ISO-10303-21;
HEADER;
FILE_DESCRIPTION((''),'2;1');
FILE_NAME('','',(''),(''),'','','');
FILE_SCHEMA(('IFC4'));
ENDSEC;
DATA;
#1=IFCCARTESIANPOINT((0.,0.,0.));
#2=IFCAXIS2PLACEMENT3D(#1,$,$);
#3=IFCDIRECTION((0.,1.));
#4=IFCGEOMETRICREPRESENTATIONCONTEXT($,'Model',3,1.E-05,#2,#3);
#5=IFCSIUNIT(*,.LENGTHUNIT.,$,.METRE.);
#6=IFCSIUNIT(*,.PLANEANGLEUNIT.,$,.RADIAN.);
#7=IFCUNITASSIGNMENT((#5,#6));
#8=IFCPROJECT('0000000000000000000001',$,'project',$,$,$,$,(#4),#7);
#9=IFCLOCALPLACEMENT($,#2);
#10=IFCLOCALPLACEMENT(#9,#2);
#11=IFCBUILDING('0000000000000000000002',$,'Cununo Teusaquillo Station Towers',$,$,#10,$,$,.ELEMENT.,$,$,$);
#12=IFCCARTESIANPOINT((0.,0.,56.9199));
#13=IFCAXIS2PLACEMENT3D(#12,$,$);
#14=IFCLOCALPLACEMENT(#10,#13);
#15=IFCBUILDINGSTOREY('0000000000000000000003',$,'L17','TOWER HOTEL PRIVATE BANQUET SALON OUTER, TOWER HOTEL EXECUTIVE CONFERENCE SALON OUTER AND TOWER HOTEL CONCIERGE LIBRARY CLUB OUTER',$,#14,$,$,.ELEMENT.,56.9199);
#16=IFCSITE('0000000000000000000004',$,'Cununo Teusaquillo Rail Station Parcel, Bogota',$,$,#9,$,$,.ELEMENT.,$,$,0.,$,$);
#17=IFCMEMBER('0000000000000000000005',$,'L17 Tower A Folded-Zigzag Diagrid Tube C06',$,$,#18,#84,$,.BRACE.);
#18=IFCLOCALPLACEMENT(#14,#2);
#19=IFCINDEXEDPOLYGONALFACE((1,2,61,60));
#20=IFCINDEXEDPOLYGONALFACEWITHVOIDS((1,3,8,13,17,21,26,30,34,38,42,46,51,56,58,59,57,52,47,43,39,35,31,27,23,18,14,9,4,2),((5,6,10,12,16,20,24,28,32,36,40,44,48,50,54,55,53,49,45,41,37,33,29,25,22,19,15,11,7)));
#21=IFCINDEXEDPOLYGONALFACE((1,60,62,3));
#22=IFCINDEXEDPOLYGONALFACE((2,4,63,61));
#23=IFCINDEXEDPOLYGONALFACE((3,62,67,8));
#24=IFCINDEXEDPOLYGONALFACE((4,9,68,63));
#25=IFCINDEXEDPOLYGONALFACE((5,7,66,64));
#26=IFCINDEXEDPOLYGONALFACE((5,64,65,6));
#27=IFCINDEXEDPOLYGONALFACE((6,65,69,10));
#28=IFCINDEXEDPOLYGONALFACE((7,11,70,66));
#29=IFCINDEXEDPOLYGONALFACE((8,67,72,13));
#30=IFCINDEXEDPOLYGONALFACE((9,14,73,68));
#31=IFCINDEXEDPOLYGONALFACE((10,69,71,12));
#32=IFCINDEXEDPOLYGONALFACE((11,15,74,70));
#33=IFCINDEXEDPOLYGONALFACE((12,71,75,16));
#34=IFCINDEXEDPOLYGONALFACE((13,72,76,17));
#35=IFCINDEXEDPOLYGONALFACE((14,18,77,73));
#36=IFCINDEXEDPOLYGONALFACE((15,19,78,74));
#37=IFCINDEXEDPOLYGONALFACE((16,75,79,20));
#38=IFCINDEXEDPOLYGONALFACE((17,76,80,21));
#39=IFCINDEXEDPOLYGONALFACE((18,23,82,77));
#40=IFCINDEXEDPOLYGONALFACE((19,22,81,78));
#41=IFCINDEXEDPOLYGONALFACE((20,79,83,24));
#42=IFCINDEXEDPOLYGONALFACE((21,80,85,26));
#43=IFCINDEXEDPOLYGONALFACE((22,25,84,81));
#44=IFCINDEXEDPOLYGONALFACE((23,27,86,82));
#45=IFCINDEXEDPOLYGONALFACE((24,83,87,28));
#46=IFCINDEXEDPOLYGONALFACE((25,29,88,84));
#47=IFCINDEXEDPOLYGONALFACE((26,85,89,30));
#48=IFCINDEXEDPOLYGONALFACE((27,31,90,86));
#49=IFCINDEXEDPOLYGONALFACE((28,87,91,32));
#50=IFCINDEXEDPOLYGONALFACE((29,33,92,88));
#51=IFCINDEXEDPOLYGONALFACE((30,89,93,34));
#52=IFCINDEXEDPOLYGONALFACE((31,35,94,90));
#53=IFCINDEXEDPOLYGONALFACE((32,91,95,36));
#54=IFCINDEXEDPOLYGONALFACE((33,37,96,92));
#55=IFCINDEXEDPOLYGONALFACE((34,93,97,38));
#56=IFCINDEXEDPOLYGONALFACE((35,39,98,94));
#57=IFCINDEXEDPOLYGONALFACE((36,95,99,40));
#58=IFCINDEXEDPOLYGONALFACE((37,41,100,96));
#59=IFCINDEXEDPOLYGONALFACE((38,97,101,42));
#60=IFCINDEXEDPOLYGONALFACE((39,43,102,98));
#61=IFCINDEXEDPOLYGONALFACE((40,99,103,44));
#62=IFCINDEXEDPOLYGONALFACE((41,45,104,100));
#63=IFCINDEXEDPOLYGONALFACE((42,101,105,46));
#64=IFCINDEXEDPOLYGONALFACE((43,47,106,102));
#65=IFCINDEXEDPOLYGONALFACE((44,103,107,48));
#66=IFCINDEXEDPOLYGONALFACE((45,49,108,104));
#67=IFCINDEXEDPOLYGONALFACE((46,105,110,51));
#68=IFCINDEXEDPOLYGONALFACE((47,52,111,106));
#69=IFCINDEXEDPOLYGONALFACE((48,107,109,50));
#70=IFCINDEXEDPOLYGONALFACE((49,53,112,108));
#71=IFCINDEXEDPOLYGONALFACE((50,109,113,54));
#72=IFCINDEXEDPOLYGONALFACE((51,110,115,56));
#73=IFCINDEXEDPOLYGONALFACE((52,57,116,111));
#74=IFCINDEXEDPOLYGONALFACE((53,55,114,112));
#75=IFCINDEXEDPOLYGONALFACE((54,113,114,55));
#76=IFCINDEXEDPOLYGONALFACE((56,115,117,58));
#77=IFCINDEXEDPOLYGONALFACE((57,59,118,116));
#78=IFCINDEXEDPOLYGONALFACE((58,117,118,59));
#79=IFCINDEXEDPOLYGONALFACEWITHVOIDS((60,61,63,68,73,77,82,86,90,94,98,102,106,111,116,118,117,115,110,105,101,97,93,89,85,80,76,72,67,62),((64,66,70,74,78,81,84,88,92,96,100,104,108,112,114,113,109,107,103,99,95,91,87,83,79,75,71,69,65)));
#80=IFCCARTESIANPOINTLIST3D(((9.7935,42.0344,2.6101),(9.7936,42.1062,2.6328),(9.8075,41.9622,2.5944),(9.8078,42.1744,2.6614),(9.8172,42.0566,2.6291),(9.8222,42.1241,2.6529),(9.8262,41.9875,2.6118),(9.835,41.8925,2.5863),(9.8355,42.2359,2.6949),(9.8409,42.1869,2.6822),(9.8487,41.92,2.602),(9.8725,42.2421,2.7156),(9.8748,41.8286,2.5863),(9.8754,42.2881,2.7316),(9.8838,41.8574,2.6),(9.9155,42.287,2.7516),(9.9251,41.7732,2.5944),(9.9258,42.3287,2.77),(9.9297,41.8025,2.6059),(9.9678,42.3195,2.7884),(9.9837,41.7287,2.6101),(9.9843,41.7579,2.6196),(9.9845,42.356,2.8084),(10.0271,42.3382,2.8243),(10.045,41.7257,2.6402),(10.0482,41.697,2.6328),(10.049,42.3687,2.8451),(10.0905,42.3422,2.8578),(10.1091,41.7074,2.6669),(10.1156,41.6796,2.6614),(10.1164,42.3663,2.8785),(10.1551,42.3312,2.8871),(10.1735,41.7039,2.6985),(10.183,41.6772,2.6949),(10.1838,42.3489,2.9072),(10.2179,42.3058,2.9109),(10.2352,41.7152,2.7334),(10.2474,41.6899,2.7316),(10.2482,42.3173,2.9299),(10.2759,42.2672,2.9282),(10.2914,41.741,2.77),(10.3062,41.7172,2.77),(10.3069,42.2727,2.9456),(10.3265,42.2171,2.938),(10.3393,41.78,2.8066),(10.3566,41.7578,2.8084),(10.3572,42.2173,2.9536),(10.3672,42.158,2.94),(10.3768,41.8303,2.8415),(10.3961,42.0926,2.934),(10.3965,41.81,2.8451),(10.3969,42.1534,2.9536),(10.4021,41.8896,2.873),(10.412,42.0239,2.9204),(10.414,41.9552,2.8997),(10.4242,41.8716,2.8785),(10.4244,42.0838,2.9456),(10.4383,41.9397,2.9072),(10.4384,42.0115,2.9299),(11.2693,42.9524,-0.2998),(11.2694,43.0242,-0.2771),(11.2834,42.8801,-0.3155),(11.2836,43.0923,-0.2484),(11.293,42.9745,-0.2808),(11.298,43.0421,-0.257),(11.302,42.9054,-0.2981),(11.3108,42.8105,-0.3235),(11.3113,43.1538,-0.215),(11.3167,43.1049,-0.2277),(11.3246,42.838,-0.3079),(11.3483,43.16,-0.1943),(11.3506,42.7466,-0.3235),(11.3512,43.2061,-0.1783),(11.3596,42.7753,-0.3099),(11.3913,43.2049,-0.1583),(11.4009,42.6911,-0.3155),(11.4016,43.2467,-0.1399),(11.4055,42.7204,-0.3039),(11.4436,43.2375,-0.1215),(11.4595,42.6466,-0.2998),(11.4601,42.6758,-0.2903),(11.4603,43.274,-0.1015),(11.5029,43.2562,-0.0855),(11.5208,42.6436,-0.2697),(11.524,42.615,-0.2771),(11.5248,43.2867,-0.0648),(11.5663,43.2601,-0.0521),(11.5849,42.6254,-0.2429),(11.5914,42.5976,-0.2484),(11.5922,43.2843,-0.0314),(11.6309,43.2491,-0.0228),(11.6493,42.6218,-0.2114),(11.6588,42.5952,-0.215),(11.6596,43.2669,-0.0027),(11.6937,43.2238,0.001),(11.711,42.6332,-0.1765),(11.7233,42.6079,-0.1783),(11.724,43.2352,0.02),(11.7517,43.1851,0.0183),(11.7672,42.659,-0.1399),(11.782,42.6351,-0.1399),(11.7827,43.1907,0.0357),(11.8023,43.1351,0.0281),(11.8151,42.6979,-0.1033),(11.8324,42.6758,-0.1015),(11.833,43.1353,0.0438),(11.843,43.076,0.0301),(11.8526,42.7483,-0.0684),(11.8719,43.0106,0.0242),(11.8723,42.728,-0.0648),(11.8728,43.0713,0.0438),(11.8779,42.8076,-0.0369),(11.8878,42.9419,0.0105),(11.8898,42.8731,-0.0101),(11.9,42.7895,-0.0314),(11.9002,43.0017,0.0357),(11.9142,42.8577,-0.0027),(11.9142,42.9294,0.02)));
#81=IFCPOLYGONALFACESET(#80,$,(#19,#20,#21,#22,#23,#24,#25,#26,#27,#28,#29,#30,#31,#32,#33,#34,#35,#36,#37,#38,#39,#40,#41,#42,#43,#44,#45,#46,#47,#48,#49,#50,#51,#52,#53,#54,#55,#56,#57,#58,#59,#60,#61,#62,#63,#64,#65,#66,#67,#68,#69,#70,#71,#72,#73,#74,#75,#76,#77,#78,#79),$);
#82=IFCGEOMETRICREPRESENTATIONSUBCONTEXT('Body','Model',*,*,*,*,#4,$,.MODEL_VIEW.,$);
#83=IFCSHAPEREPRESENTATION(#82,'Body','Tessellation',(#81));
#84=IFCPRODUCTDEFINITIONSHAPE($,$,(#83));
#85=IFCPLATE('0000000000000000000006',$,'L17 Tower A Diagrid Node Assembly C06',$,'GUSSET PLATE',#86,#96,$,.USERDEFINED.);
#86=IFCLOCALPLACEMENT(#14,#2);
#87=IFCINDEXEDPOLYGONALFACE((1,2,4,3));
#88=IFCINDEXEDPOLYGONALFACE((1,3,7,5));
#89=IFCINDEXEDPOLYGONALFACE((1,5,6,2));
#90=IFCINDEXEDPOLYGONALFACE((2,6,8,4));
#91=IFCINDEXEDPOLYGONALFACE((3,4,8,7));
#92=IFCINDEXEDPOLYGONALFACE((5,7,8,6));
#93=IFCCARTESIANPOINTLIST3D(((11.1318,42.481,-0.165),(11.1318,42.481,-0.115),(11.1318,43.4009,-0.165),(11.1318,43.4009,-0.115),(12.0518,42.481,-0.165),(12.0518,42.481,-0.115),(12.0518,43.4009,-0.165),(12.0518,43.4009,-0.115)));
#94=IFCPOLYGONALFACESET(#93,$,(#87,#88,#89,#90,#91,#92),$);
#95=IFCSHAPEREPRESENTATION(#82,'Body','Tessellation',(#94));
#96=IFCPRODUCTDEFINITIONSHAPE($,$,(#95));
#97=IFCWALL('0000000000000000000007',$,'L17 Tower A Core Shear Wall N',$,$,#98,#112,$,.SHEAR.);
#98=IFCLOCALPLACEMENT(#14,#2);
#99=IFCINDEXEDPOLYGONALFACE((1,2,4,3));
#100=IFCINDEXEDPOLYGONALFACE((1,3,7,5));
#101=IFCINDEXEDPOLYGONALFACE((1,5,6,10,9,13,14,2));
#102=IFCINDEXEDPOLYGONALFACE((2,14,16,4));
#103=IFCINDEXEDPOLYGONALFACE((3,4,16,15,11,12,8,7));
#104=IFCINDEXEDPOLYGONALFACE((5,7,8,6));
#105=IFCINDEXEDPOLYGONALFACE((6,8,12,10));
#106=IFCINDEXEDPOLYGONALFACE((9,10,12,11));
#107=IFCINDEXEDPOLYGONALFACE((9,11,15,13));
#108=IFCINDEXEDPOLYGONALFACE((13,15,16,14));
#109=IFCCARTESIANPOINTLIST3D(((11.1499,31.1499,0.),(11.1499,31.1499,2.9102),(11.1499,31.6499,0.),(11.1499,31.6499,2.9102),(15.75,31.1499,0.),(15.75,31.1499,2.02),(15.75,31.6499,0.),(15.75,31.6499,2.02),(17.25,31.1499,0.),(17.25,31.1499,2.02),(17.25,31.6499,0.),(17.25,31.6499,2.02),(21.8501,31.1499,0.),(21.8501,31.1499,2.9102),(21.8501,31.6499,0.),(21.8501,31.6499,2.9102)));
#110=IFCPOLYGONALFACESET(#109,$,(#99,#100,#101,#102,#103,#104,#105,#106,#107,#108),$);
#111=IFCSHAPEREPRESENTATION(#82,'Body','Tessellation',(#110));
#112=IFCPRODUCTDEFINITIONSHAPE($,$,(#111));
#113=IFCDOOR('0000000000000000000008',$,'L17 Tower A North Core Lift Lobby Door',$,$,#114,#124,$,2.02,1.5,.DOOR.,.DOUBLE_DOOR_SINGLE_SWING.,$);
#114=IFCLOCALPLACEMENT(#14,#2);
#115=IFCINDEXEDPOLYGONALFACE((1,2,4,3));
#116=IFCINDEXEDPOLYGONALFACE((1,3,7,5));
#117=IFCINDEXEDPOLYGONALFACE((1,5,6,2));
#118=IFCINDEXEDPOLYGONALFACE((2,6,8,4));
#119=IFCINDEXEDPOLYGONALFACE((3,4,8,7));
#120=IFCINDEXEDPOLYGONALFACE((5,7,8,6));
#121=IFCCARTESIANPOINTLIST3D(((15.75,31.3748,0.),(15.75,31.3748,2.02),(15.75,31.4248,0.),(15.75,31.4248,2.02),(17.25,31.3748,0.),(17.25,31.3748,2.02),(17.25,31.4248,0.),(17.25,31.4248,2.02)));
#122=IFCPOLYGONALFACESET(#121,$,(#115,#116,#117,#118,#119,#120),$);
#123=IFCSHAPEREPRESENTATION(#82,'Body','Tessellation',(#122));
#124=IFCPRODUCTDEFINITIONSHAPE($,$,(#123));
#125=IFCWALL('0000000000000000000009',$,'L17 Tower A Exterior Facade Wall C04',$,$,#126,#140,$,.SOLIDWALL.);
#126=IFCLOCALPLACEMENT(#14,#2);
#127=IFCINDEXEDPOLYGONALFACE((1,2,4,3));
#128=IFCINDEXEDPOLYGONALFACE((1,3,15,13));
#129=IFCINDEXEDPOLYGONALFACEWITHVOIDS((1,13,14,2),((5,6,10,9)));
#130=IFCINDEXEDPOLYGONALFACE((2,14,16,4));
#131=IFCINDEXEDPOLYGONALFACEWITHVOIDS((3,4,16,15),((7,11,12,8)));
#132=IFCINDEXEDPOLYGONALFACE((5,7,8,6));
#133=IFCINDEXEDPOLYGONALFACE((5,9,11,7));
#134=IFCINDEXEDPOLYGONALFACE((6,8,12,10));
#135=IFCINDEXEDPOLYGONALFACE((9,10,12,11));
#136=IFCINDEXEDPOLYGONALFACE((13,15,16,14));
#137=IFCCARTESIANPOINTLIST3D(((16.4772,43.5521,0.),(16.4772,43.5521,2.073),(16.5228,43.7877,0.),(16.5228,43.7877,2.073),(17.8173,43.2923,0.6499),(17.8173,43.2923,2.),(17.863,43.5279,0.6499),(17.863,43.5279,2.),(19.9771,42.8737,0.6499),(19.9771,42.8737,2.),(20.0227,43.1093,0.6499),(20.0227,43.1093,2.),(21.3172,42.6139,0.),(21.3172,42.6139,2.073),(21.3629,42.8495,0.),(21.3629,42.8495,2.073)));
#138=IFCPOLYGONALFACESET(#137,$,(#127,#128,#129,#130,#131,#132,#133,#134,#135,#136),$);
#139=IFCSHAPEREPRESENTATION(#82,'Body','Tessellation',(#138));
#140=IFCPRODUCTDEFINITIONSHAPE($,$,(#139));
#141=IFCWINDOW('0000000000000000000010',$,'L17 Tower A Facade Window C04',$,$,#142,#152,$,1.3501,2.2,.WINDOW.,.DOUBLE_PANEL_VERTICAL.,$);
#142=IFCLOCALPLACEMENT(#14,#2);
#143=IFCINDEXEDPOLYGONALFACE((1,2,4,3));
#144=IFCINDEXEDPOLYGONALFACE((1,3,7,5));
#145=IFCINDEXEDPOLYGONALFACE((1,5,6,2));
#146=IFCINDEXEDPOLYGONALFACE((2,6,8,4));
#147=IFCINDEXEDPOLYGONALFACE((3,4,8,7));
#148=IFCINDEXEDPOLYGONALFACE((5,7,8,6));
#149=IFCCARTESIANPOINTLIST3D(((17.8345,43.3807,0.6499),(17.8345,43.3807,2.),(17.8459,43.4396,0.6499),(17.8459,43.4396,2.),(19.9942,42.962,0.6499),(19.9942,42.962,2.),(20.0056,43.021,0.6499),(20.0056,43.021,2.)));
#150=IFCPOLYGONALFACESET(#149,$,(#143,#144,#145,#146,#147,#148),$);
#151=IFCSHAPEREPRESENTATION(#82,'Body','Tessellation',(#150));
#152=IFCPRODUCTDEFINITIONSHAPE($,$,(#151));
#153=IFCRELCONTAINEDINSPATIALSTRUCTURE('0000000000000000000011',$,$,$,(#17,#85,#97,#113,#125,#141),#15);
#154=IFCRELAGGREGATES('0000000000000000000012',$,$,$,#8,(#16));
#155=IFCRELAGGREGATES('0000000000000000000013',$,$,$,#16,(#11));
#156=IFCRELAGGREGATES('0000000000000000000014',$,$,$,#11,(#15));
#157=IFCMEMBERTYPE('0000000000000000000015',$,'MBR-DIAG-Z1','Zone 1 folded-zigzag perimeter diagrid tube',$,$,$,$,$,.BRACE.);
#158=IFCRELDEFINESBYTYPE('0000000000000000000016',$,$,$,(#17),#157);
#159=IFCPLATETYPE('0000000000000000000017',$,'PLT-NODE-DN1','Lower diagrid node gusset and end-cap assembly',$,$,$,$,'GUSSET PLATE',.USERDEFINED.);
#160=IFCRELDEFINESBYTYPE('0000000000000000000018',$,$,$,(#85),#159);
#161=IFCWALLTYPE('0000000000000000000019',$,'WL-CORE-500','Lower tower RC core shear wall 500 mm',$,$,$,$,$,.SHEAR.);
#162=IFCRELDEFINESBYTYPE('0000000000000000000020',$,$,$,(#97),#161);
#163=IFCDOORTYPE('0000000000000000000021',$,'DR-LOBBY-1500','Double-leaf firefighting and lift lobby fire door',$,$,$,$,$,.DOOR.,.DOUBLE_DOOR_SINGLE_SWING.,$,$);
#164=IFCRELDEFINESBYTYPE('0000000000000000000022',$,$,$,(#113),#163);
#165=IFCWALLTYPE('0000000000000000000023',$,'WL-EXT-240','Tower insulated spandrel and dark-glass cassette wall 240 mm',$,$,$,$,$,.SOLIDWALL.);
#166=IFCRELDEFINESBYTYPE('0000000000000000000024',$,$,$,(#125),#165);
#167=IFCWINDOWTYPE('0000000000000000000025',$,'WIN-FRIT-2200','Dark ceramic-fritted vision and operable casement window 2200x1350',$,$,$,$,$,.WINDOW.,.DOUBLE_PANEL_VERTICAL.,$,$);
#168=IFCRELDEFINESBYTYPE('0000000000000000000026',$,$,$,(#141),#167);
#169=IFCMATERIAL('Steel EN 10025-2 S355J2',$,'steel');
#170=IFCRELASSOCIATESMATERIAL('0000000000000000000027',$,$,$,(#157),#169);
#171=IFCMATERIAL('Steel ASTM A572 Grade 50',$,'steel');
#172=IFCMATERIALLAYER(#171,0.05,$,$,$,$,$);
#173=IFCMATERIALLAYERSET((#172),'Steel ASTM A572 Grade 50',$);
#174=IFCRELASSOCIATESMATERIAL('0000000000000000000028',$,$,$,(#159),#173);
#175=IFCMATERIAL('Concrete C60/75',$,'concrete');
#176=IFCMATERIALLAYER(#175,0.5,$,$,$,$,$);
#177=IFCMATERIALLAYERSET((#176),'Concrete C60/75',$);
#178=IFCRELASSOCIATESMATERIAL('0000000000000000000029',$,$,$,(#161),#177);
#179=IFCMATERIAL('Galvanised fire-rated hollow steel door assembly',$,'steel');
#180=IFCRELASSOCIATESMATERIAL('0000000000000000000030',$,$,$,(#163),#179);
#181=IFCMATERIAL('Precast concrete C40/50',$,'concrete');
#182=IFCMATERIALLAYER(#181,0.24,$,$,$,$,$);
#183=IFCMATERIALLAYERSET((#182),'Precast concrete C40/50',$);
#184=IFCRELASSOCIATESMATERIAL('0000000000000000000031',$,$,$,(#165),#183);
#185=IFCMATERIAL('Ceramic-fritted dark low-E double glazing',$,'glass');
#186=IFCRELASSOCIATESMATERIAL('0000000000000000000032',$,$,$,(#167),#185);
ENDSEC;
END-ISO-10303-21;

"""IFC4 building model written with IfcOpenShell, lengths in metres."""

from ifc_helpers import new_model, si_unit, direction, frame, frame_2d, origin, origin_2d, place, context, subcontext, project, spatial, rectangle, hollow_circle, extrude, source, transform, mapped, material, layer, layer_set, material_profile, profile_set, type_object, element, fill, save


model = new_model("IFC4")

# Units and contexts
model_context = context("Model", 3, precision=1e-05, world=origin(), true_north=direction((0.0, 1.0)))
body_context = subcontext(model_context, "Body", "Model", "MODEL_VIEW")
ifc_project = project(units=[si_unit("LENGTHUNIT", "METRE"), si_unit("PLANEANGLEUNIT", "RADIAN")], contexts=[model_context])

# Site, building, storey
site_placement = place(None, origin())
site = spatial("IfcSite", under=ifc_project, at=site_placement, Name="Cununo Teusaquillo Rail Station Parcel, Bogota", CompositionType="ELEMENT", RefElevation=0.0)
building_placement = place(site_placement, origin())
building = spatial("IfcBuilding", under=site, at=building_placement, Name="Cununo Teusaquillo Station Towers", CompositionType="ELEMENT")
storey_placement = place(building_placement, frame((0.0, 0.0, 56.9199)))
storey = spatial("IfcBuildingStorey", under=building, at=storey_placement, Name="L17", Description="TOWER HOTEL PRIVATE BANQUET SALON OUTER, TOWER HOTEL EXECUTIVE CONFERENCE SALON OUTER AND TOWER HOTEL CONCIERGE LIBRARY CLUB OUTER", CompositionType="ELEMENT", Elevation=56.9199)

# Member
ifc_material_1 = material(Name="Steel EN 10025-2 S355J2", Category="steel")
ifc_material_profile_1 = material_profile(ifc_material_1, hollow_circle(Radius=0.3601, WallThickness=0.0281, at=origin_2d()), Name="CHS 720x28")
ifc_profile_set_1 = profile_set([ifc_material_profile_1], Name="Steel EN 10025-2 S355J2")
member_type = type_object("IfcMemberType", Name="MBR-DIAG-Z1", Description="Zone 1 folded-zigzag perimeter diagrid tube", PredefinedType="BRACE", material=ifc_profile_set_1)
member_placement = place(storey_placement, frame((11.5918, 42.9409, -0.1399), z_axis=(-0.43542, -0.270832, 0.858522), x_axis=(0.528167, -0.849141, 0.0)))
element("IfcMember", 1, at=member_placement, inside=storey, type_object=member_type, Name="L17 Tower A Folded-Zigzag Diagrid Tube C06", PredefinedType="BRACE", context=body_context, shape_type="SweptSolid", body=[
    extrude(hollow_circle(Radius=0.3601, WallThickness=0.0281, at=origin_2d()), origin(), (0.0, 0.0, 1.0), 3.3894),
])

# Plate
ifc_material_2 = material(Name="Steel ASTM A572 Grade 50", Category="steel")
ifc_layer_1 = layer(ifc_material_2, 0.05)
ifc_layer_set_1 = layer_set([ifc_layer_1], Name="Steel ASTM A572 Grade 50")
plate_type = type_object("IfcPlateType", Name="PLT-NODE-DN1", Description="Lower diagrid node gusset and end-cap assembly", ElementType="GUSSET PLATE", PredefinedType="USERDEFINED", material=ifc_layer_set_1)
shared_shape_1 = source(origin(), body_context, "Body", "SweptSolid", [
    extrude(rectangle(XDim=0.9199, YDim=0.9199, at=origin_2d()), origin(), (0.0, 0.0, 1.0), 0.05),
])
plate_placement = place(storey_placement, frame((11.5918, 42.9409, -0.165), z_axis=(0.0, 0.0, 1.0), x_axis=(1.0, 0.0, 0.0)))
element("IfcPlate", 2, at=plate_placement, inside=storey, type_object=plate_type, Name="L17 Tower A Diagrid Node Assembly C06", ObjectType="GUSSET PLATE", PredefinedType="USERDEFINED", context=body_context, shape_type="MappedRepresentation", body=[
    mapped(shared_shape_1, transform((0.0, 0.0, 0.0), x_axis=(1.0, 0.0, 0.0), y_axis=(0.0, 1.0, 0.0), z_axis=(0.0, 0.0, 1.0), scale=1.0)),
])

# Wall, opening, door
ifc_material_3 = material(Name="Concrete C60/75", Category="concrete")
ifc_layer_2 = layer(ifc_material_3, 0.5)
ifc_layer_set_2 = layer_set([ifc_layer_2], Name="Concrete C60/75")
wall_type_1 = type_object("IfcWallType", Name="WL-CORE-500", Description="Lower tower RC core shear wall 500 mm", PredefinedType="SHEAR", material=ifc_layer_set_2)
wall_1_placement = place(storey_placement, frame((11.1499, 31.3999, 0.0), z_axis=(0.0, 0.0, 1.0), x_axis=(1.0, 0.0, 0.0)))
wall_1 = element("IfcWall", 3, at=wall_1_placement, inside=storey, type_object=wall_type_1, Name="L17 Tower A Core Shear Wall N", PredefinedType="SHEAR", context=body_context, shape_type="SweptSolid", body=[
    extrude(rectangle(XDim=10.7002, YDim=0.5, at=frame_2d((5.3501, 0.0))), origin(), (0.0, 0.0, 1.0), 2.9102),
])
shared_shape_2 = source(origin(), body_context, "Body", "SweptSolid", [
    extrude(rectangle(XDim=1.5, YDim=2.02, at=frame_2d((0.75, 1.01))), frame((0.0, 0.26, 0.0), z_axis=(0.0, -1.0, 0.0), x_axis=(1.0, 0.0, 0.0)), (0.0, 0.0, 1.0), 0.52),
])
opening_1_placement = place(wall_1_placement, frame((4.6001, 0.0, 0.0)))
opening_1 = element("IfcOpeningElement", 4, at=opening_1_placement, cuts=wall_1, PredefinedType="OPENING", context=body_context, shape_type="MappedRepresentation", body=[
    mapped(shared_shape_2, transform((0.0, 0.0, 0.0), x_axis=(1.0, 0.0, 0.0), y_axis=(0.0, 1.0, 0.0), z_axis=(0.0, 0.0, 1.0), scale=1.0)),
])
ifc_material_4 = material(Name="Galvanised fire-rated hollow steel door assembly", Category="steel")
door_type_1 = type_object("IfcDoorType", Name="DR-LOBBY-1500", Description="Double-leaf firefighting and lift lobby fire door", OperationType="DOUBLE_DOOR_SINGLE_SWING", PredefinedType="DOOR", material=ifc_material_4)
shared_shape_3 = source(origin(), body_context, "Body", "SweptSolid", [
    extrude(rectangle(XDim=1.5, YDim=2.02, at=frame_2d((0.75, 1.01))), frame((0.0, 0.0249, 0.0), z_axis=(0.0, -1.0, 0.0), x_axis=(1.0, 0.0, 0.0)), (0.0, 0.0, 1.0), 0.05),
])
door_1_placement = place(opening_1_placement, origin())
door_1 = element("IfcDoor", 5, at=door_1_placement, inside=storey, type_object=door_type_1, Name="L17 Tower A North Core Lift Lobby Door", OperationType="DOUBLE_DOOR_SINGLE_SWING", OverallHeight=2.02, OverallWidth=1.5, PredefinedType="DOOR", context=body_context, shape_type="MappedRepresentation", body=[
    mapped(shared_shape_3, transform((0.0, 0.0, 0.0), x_axis=(1.0, 0.0, 0.0), y_axis=(0.0, 1.0, 0.0), z_axis=(0.0, 0.0, 1.0), scale=1.0)),
])
fill(opening_1, door_1)

# Wall, opening, window
ifc_material_5 = material(Name="Precast concrete C40/50", Category="concrete")
ifc_layer_3 = layer(ifc_material_5, 0.24)
ifc_layer_set_3 = layer_set([ifc_layer_3], Name="Precast concrete C40/50")
wall_type_2 = type_object("IfcWallType", Name="WL-EXT-240", Description="Tower insulated spandrel and dark-glass cassette wall 240 mm", PredefinedType="SOLIDWALL", material=ifc_layer_set_3)
wall_2_placement = place(storey_placement, frame((16.5, 43.6699, 0.0), z_axis=(0.0, 0.0, 1.0), x_axis=(0.981725, -0.190304, 0.0)))
wall_2 = element("IfcWall", 6, at=wall_2_placement, inside=storey, type_object=wall_type_2, Name="L17 Tower A Exterior Facade Wall C04", PredefinedType="SOLIDWALL", context=body_context, shape_type="SweptSolid", body=[
    extrude(rectangle(XDim=4.9302, YDim=0.24, at=frame_2d((2.4651, 0.0))), origin(), (0.0, 0.0, 1.0), 2.073),
])
shared_shape_4 = source(origin(), body_context, "Body", "SweptSolid", [
    extrude(rectangle(XDim=2.2, YDim=1.3501, at=frame_2d((1.1001, 0.675))), frame((0.0, 0.1299, 0.0), z_axis=(0.0, -1.0, 0.0), x_axis=(1.0, 0.0, 0.0)), (0.0, 0.0, 1.0), 0.26),
])
opening_2_placement = place(wall_2_placement, frame((1.365, 0.0, 0.6499)))
opening_2 = element("IfcOpeningElement", 7, at=opening_2_placement, cuts=wall_2, PredefinedType="OPENING", context=body_context, shape_type="MappedRepresentation", body=[
    mapped(shared_shape_4, transform((0.0, 0.0, 0.0), x_axis=(1.0, 0.0, 0.0), y_axis=(0.0, 1.0, 0.0), z_axis=(0.0, 0.0, 1.0), scale=1.0)),
])
ifc_material_6 = material(Name="Ceramic-fritted dark low-E double glazing", Category="glass")
window_type = type_object("IfcWindowType", Name="WIN-FRIT-2200", Description="Dark ceramic-fritted vision and operable casement window 2200x1350", PartitioningType="DOUBLE_PANEL_VERTICAL", PredefinedType="WINDOW", material=ifc_material_6)
shared_shape_5 = source(origin(), body_context, "Body", "SweptSolid", [
    extrude(rectangle(XDim=2.2, YDim=1.3501, at=frame_2d((1.1001, 0.675))), frame((0.0, 0.03, 0.0), z_axis=(0.0, -1.0, 0.0), x_axis=(1.0, 0.0, 0.0)), (0.0, 0.0, 1.0), 0.0601),
])
window_1_placement = place(opening_2_placement, origin())
window_1 = element("IfcWindow", 8, at=window_1_placement, inside=storey, type_object=window_type, Name="L17 Tower A Facade Window C04", OverallHeight=1.3501, OverallWidth=2.2, PartitioningType="DOUBLE_PANEL_VERTICAL", PredefinedType="WINDOW", context=body_context, shape_type="MappedRepresentation", body=[
    mapped(shared_shape_5, transform((0.0, 0.0, 0.0), x_axis=(1.0, 0.0, 0.0), y_axis=(0.0, 1.0, 0.0), z_axis=(0.0, 0.0, 1.0), scale=1.0)),
])
fill(opening_2, window_1)

save(model, "model.ifc")
